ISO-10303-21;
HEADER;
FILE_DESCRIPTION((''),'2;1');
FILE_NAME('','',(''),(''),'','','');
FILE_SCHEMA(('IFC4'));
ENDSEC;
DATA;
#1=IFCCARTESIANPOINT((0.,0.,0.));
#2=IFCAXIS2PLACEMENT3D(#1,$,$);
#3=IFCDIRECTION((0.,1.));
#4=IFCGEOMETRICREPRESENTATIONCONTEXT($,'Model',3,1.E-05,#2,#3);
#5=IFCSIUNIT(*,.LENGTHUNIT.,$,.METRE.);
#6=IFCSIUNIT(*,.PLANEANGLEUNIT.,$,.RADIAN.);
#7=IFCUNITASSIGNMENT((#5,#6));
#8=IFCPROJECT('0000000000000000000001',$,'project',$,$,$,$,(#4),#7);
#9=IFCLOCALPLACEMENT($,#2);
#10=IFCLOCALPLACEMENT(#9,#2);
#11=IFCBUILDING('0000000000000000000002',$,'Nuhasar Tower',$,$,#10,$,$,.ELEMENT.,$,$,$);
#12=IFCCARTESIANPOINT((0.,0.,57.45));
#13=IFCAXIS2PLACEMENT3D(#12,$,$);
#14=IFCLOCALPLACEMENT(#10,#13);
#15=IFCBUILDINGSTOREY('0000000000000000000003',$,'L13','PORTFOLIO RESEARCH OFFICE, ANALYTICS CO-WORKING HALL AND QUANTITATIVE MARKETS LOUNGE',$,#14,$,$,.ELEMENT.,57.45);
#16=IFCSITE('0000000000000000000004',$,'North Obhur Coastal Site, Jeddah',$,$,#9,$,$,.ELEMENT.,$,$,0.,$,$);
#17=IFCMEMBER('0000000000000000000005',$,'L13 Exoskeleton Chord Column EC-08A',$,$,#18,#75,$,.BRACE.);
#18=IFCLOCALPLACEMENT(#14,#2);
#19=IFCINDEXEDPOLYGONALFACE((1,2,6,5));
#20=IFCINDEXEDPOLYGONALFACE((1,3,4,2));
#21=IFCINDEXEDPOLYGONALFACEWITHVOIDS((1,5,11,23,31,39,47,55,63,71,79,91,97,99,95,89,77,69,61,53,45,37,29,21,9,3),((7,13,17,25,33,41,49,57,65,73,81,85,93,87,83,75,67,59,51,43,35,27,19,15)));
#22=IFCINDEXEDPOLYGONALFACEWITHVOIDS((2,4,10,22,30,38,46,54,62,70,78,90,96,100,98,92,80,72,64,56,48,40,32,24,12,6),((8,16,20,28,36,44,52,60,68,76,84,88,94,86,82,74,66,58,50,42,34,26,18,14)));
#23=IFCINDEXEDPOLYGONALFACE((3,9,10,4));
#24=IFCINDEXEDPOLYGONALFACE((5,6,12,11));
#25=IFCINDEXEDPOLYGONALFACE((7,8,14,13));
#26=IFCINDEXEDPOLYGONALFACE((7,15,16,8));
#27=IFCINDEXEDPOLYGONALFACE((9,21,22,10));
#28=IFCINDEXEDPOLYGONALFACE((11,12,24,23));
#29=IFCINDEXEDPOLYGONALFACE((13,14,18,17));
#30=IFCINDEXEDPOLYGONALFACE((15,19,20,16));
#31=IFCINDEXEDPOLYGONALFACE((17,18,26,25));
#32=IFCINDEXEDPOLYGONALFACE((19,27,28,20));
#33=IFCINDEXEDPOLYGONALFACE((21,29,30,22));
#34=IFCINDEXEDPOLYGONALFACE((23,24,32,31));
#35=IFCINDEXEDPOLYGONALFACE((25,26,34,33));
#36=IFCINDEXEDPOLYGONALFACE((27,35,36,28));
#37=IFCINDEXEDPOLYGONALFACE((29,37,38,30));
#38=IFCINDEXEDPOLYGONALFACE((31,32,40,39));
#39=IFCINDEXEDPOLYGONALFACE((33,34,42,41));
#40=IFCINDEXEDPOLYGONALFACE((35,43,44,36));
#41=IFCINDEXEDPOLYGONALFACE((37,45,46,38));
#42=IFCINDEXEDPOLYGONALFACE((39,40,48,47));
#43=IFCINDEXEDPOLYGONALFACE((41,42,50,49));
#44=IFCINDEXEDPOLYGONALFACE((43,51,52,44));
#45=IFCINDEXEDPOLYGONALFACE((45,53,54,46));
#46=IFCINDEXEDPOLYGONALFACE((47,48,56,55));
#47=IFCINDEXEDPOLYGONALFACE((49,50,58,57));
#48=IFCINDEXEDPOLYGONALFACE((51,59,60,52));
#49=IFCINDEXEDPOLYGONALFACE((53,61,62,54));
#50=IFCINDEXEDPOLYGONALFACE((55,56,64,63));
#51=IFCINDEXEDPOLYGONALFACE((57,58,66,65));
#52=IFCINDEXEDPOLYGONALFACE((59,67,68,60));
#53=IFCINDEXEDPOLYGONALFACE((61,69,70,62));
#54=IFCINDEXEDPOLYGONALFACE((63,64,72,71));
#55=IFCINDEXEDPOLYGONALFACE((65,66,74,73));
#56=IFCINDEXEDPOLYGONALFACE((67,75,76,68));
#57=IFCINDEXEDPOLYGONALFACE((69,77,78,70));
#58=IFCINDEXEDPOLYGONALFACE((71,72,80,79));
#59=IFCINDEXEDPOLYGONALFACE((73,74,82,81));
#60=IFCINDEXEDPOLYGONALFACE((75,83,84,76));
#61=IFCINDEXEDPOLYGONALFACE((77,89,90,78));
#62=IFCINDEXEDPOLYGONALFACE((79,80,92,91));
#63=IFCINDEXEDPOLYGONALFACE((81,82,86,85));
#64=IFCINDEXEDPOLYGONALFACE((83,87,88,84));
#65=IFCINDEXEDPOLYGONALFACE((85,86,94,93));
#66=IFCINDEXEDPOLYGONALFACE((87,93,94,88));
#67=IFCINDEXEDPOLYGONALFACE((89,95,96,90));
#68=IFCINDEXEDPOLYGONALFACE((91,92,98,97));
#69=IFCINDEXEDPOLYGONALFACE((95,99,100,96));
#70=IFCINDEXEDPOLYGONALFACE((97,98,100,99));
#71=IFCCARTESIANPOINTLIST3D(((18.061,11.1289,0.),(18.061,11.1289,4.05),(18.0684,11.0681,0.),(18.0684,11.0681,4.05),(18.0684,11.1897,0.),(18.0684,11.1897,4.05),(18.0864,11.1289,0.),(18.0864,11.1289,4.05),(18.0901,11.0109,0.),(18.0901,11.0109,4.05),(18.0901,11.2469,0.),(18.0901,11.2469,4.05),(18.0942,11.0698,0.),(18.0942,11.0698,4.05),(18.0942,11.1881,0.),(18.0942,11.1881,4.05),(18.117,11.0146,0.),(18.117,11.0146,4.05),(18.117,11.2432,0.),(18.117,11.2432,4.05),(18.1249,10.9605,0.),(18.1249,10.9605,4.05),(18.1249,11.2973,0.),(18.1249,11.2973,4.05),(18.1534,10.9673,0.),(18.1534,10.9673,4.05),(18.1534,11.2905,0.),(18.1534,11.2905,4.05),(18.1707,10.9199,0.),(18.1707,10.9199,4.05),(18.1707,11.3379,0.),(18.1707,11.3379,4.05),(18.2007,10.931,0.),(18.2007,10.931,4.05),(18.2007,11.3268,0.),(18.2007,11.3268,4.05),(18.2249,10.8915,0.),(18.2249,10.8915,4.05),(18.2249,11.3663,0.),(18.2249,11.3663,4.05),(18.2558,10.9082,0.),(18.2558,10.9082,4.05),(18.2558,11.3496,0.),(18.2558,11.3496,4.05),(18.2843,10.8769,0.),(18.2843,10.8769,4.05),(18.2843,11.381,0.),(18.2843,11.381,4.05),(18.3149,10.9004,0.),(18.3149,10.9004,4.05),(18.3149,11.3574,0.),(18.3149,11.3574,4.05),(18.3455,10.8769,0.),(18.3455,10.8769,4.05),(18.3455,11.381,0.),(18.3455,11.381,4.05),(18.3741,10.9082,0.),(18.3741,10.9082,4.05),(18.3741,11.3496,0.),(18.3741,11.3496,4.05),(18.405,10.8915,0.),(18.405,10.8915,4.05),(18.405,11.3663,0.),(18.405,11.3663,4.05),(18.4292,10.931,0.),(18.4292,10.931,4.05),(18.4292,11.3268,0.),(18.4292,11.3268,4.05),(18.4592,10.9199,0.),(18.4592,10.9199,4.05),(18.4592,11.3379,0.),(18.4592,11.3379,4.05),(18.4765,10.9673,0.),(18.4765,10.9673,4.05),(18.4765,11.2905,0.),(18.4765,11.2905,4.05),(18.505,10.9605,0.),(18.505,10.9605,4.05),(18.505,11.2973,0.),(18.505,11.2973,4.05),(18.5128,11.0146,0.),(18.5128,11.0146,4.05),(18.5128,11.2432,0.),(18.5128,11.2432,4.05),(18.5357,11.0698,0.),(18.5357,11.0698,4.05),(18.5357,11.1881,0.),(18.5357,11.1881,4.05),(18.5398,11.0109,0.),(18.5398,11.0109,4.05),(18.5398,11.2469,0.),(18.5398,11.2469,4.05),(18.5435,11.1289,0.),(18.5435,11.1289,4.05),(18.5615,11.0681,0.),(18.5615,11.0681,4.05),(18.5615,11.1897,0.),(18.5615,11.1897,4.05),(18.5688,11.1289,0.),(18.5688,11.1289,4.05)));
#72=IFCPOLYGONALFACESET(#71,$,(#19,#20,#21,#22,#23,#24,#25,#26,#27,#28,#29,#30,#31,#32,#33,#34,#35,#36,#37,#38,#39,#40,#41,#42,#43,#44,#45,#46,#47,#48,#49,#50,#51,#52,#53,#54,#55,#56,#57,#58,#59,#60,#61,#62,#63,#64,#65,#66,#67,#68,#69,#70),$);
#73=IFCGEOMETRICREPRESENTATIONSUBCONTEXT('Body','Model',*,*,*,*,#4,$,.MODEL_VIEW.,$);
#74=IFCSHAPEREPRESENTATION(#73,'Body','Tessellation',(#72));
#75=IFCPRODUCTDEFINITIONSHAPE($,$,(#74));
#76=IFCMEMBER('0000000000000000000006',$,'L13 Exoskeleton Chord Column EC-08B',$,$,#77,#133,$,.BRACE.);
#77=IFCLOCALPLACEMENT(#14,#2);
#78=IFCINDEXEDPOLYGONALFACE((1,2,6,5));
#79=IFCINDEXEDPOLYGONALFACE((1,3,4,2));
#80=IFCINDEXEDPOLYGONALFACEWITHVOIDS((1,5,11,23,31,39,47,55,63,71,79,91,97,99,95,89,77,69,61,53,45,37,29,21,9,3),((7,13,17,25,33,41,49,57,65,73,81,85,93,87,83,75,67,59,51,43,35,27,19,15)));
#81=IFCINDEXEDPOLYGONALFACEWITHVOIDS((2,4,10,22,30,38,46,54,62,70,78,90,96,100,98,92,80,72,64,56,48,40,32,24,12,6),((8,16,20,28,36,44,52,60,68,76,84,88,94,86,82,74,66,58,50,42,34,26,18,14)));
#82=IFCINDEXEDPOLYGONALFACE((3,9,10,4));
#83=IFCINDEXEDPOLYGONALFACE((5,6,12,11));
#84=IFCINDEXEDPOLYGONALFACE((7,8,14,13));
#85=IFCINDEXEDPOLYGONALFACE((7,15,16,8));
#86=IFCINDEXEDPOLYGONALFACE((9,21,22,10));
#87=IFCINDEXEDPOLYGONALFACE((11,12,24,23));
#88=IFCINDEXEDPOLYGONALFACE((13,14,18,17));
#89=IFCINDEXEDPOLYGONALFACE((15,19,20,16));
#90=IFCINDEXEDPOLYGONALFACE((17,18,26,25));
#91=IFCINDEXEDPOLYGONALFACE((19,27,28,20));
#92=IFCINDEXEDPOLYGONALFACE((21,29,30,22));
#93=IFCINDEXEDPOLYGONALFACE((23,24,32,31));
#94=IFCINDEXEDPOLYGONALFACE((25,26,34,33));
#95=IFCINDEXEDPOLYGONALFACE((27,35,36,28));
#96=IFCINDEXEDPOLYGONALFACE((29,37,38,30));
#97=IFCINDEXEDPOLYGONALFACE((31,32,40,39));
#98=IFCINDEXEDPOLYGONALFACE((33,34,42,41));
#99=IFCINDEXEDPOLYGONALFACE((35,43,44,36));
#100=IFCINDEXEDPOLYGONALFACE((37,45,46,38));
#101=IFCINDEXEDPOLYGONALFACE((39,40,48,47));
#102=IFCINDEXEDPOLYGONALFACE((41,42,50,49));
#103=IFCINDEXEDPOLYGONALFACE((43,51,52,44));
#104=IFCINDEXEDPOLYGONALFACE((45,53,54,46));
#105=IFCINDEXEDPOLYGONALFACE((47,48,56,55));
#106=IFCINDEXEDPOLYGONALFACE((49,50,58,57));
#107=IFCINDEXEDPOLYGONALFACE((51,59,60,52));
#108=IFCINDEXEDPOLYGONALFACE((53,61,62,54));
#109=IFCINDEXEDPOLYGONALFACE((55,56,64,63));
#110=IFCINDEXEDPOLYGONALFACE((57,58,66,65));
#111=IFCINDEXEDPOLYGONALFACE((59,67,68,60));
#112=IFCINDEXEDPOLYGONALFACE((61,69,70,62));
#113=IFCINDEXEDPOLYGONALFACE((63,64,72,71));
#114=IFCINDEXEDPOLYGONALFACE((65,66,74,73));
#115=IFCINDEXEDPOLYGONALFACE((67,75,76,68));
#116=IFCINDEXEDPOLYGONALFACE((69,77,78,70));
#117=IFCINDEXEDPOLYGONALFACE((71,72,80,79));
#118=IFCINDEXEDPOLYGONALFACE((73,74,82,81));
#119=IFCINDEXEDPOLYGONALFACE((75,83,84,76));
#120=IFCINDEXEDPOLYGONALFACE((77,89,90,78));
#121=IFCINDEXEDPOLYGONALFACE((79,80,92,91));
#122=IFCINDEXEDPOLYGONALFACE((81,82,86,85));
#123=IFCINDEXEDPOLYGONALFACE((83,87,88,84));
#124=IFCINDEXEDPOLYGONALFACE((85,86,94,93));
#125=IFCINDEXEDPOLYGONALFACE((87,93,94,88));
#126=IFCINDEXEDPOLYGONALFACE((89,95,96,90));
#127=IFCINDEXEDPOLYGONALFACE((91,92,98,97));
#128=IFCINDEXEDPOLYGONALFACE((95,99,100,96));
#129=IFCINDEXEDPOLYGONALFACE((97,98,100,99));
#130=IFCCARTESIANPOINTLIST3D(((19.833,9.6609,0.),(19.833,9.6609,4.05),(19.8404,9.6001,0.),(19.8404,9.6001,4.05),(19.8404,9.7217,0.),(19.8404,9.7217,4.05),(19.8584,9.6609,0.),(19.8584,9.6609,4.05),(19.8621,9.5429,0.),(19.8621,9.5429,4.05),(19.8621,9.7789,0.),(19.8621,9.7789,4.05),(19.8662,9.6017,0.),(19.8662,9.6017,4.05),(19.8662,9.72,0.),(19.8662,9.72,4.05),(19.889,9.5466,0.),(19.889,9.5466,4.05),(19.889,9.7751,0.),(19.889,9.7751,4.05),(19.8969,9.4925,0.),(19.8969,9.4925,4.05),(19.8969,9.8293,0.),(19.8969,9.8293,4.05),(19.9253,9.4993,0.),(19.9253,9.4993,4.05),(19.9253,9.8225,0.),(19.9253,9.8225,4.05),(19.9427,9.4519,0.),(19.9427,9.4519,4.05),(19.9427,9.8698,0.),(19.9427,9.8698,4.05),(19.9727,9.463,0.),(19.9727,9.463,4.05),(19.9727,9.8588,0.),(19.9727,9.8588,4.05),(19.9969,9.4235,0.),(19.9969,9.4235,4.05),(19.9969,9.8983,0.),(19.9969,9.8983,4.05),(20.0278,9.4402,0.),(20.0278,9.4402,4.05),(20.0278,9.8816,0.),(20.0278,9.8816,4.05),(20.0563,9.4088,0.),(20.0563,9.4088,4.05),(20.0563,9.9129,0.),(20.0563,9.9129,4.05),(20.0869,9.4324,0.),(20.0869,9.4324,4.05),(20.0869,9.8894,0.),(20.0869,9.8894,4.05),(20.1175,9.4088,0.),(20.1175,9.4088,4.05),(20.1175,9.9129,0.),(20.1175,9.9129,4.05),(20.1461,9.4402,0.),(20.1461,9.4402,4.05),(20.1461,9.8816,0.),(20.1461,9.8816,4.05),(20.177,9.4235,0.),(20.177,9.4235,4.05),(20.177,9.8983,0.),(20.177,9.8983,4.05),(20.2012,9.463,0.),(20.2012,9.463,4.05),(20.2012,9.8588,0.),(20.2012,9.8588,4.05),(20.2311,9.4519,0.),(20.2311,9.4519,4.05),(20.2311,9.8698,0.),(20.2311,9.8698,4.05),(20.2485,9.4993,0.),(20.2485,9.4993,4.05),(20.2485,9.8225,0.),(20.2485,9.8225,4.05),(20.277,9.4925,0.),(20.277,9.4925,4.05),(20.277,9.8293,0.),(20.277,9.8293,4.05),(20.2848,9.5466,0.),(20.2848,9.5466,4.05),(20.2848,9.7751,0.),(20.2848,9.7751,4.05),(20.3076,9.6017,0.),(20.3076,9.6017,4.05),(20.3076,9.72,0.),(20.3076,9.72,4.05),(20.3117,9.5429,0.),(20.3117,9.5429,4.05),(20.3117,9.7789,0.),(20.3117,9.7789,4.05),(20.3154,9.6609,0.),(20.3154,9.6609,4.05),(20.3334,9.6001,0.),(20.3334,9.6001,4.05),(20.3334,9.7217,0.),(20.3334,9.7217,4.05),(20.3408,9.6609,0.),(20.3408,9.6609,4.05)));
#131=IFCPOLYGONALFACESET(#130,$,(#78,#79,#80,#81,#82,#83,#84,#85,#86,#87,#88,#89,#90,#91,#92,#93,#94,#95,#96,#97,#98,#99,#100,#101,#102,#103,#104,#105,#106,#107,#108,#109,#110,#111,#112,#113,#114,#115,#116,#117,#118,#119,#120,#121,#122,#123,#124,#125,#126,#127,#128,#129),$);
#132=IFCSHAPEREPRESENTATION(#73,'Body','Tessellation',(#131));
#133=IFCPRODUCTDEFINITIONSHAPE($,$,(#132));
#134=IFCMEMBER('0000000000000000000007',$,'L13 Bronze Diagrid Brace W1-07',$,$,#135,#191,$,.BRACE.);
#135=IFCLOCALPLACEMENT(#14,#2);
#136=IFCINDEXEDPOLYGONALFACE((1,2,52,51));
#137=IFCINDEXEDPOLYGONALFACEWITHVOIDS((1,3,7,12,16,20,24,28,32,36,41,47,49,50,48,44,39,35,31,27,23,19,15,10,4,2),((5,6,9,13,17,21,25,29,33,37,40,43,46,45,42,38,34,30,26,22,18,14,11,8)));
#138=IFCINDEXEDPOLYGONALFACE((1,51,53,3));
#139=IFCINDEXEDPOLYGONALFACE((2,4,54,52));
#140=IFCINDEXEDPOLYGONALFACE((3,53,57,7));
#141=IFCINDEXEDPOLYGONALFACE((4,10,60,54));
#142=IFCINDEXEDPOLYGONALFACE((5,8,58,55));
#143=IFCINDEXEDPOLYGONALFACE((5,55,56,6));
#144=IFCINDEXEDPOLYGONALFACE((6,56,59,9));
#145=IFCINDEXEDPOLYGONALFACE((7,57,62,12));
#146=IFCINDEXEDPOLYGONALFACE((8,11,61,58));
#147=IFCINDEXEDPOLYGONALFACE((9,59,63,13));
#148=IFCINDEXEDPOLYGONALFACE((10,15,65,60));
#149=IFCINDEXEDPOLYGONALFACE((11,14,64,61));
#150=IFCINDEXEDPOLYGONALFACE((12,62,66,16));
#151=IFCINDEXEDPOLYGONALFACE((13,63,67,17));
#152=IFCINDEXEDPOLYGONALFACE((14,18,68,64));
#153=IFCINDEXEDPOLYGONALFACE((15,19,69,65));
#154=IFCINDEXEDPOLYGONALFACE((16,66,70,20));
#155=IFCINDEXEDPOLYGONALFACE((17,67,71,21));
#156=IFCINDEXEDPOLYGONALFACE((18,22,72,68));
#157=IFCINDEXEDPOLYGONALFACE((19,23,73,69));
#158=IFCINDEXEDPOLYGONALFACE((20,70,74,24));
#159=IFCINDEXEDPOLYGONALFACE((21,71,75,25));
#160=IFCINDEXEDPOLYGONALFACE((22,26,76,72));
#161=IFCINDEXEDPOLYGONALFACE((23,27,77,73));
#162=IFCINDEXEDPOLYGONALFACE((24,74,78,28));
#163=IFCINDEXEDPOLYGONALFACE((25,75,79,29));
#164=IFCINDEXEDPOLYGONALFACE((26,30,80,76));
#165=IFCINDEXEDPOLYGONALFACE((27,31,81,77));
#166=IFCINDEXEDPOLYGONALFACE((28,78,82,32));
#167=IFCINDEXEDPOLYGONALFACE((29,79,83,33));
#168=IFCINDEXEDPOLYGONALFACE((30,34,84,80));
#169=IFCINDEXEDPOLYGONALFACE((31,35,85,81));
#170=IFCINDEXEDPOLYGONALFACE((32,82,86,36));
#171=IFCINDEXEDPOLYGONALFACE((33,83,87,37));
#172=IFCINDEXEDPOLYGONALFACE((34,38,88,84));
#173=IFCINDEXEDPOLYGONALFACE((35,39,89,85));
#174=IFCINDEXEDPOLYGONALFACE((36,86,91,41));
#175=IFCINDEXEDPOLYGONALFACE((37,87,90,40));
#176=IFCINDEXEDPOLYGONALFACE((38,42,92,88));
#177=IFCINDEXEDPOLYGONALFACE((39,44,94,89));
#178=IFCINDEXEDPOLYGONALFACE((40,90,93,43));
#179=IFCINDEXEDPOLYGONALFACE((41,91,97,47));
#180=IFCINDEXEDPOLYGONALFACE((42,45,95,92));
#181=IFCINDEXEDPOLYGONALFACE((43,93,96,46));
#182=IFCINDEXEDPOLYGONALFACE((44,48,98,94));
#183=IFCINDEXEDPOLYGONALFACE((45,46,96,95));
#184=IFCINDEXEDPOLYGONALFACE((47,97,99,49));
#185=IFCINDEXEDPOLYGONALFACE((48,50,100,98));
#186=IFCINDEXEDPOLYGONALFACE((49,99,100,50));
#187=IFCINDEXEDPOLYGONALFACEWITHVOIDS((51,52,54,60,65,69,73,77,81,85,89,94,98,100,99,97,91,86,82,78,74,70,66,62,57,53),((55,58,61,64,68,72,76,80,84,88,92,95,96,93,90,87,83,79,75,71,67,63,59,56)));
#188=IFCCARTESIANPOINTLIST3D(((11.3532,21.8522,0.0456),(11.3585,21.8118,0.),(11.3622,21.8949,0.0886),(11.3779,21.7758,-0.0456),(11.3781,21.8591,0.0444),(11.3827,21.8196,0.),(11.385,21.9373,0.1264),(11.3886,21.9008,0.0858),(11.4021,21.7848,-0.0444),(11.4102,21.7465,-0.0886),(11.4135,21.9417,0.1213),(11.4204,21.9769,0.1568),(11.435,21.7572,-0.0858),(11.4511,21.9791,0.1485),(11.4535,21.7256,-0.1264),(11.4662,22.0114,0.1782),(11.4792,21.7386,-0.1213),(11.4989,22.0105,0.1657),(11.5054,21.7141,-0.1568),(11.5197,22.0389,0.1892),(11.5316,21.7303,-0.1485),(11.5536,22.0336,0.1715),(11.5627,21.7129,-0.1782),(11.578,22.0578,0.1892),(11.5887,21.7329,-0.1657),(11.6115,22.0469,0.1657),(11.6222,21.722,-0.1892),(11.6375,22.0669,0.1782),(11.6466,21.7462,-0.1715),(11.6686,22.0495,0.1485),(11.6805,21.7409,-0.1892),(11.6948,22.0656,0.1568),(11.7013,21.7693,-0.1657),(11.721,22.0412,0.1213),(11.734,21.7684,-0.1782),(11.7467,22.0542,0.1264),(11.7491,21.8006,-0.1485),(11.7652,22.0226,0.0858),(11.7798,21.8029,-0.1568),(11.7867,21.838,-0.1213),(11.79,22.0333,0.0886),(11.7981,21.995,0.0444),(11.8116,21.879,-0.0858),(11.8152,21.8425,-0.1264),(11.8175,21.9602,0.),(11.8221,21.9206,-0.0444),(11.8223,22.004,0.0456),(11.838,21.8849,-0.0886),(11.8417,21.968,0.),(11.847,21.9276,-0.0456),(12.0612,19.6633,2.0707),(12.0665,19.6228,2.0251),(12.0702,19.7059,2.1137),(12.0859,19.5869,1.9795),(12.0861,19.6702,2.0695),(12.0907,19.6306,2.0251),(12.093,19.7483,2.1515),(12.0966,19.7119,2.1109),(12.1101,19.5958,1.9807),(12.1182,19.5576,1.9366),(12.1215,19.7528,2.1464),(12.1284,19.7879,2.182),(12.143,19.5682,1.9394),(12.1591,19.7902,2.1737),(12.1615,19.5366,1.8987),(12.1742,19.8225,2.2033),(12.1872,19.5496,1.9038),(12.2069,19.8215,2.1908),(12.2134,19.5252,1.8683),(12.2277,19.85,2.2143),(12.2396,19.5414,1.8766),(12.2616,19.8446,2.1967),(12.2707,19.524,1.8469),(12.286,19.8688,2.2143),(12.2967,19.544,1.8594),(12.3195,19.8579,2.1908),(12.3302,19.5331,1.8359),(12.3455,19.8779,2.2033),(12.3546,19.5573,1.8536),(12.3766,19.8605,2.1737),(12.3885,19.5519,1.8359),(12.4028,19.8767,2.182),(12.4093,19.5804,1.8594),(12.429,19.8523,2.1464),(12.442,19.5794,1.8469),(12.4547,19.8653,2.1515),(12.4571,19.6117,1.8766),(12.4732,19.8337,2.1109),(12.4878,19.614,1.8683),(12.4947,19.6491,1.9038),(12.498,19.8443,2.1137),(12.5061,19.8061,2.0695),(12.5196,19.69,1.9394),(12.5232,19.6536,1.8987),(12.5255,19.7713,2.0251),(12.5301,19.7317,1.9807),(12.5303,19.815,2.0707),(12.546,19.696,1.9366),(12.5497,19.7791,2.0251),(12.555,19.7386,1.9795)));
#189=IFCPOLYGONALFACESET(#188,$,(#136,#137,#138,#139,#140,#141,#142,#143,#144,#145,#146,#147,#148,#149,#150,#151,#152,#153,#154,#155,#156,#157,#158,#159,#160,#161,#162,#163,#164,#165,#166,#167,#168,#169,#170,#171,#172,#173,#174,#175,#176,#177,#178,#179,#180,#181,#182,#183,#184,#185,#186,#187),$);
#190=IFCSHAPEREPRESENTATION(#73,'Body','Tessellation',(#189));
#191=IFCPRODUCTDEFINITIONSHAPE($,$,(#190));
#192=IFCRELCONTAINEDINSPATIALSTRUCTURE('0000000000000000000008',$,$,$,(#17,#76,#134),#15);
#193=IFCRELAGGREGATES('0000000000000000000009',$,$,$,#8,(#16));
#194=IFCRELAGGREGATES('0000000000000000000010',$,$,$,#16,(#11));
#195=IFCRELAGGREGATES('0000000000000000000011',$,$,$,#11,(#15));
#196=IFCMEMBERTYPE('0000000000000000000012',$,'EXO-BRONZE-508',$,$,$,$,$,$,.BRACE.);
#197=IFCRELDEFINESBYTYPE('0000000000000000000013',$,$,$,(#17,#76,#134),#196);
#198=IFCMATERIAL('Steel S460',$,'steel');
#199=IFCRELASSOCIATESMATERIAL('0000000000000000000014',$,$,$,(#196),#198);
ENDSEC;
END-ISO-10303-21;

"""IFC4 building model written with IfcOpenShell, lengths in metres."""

from ifc_helpers import new_model, si_unit, direction, frame, origin, origin_2d, place, context, subcontext, project, spatial, hollow_circle, extrude, material, material_profile, profile_set, type_object, element, save


model = new_model("IFC4")

# Units and contexts
model_context = context("Model", 3, precision=1e-05, world=origin(), true_north=direction((0.0, 1.0)))
body_context = subcontext(model_context, "Body", "Model", "MODEL_VIEW")
ifc_project = project(units=[si_unit("LENGTHUNIT", "METRE"), si_unit("PLANEANGLEUNIT", "RADIAN")], contexts=[model_context])

# Site, building, storey
site_placement = place(None, origin())
site = spatial("IfcSite", under=ifc_project, at=site_placement, Name="North Obhur Coastal Site, Jeddah", CompositionType="ELEMENT", RefElevation=0.0)
building_placement = place(site_placement, origin())
building = spatial("IfcBuilding", under=site, at=building_placement, Name="Nuhasar Tower", CompositionType="ELEMENT")
storey_placement = place(building_placement, frame((0.0, 0.0, 57.45)))
storey = spatial("IfcBuildingStorey", under=building, at=storey_placement, Name="L13", Description="PORTFOLIO RESEARCH OFFICE, ANALYTICS CO-WORKING HALL AND QUANTITATIVE MARKETS LOUNGE", CompositionType="ELEMENT", Elevation=57.45)

# Members
ifc_material_1 = material(Name="Steel S460", Category="steel")
ifc_material_profile_1 = material_profile(ifc_material_1, hollow_circle(Radius=0.2539, WallThickness=0.0254, at=origin_2d()), Name="HSS508X25.4")
ifc_profile_set_1 = profile_set([ifc_material_profile_1], Name="Steel S460")
member_type_1 = type_object("IfcMemberType", Name="EXO-BRONZE-508", PredefinedType="BRACE", material=ifc_profile_set_1)
for number, where, z_axis, x_axis, name in (
    (1, (18.3149, 11.1289, 0.0), (0.0, 0.0, 1.0), (1.0, 0.0, 0.0), "L13 Exoskeleton Chord Column EC-08A"),
    (2, (20.0869, 9.6609, 0.0), (0.0, 0.0, 1.0), (1.0, 0.0, 0.0), "L13 Exoskeleton Chord Column EC-08B"),
):
    element("IfcMember", number, at=place(storey_placement, frame(where, z_axis=z_axis, x_axis=x_axis)), inside=storey, type_object=member_type_1, Name=name, PredefinedType="BRACE", context=body_context, shape_type="SweptSolid", body=[
        extrude(hollow_circle(Radius=0.2539, WallThickness=0.0254, at=origin_2d()), origin(), (0.0, 0.0, 1.0), 4.05),
    ])
member_1_placement = place(storey_placement, frame((11.6001, 21.8899, 0.0), z_axis=(0.231, -0.714187, 0.660739), x_axis=(0.951468, 0.307747, 0.0)))
element("IfcMember", 3, at=member_1_placement, inside=storey, type_object=member_type_1, Name="L13 Bronze Diagrid Brace W1-07", PredefinedType="BRACE", context=body_context, shape_type="SweptSolid", body=[
    extrude(hollow_circle(Radius=0.2539, WallThickness=0.0254, at=origin_2d()), origin(), (0.0, 0.0, 1.0), 3.0649),
])

save(model, "model.ifc")
